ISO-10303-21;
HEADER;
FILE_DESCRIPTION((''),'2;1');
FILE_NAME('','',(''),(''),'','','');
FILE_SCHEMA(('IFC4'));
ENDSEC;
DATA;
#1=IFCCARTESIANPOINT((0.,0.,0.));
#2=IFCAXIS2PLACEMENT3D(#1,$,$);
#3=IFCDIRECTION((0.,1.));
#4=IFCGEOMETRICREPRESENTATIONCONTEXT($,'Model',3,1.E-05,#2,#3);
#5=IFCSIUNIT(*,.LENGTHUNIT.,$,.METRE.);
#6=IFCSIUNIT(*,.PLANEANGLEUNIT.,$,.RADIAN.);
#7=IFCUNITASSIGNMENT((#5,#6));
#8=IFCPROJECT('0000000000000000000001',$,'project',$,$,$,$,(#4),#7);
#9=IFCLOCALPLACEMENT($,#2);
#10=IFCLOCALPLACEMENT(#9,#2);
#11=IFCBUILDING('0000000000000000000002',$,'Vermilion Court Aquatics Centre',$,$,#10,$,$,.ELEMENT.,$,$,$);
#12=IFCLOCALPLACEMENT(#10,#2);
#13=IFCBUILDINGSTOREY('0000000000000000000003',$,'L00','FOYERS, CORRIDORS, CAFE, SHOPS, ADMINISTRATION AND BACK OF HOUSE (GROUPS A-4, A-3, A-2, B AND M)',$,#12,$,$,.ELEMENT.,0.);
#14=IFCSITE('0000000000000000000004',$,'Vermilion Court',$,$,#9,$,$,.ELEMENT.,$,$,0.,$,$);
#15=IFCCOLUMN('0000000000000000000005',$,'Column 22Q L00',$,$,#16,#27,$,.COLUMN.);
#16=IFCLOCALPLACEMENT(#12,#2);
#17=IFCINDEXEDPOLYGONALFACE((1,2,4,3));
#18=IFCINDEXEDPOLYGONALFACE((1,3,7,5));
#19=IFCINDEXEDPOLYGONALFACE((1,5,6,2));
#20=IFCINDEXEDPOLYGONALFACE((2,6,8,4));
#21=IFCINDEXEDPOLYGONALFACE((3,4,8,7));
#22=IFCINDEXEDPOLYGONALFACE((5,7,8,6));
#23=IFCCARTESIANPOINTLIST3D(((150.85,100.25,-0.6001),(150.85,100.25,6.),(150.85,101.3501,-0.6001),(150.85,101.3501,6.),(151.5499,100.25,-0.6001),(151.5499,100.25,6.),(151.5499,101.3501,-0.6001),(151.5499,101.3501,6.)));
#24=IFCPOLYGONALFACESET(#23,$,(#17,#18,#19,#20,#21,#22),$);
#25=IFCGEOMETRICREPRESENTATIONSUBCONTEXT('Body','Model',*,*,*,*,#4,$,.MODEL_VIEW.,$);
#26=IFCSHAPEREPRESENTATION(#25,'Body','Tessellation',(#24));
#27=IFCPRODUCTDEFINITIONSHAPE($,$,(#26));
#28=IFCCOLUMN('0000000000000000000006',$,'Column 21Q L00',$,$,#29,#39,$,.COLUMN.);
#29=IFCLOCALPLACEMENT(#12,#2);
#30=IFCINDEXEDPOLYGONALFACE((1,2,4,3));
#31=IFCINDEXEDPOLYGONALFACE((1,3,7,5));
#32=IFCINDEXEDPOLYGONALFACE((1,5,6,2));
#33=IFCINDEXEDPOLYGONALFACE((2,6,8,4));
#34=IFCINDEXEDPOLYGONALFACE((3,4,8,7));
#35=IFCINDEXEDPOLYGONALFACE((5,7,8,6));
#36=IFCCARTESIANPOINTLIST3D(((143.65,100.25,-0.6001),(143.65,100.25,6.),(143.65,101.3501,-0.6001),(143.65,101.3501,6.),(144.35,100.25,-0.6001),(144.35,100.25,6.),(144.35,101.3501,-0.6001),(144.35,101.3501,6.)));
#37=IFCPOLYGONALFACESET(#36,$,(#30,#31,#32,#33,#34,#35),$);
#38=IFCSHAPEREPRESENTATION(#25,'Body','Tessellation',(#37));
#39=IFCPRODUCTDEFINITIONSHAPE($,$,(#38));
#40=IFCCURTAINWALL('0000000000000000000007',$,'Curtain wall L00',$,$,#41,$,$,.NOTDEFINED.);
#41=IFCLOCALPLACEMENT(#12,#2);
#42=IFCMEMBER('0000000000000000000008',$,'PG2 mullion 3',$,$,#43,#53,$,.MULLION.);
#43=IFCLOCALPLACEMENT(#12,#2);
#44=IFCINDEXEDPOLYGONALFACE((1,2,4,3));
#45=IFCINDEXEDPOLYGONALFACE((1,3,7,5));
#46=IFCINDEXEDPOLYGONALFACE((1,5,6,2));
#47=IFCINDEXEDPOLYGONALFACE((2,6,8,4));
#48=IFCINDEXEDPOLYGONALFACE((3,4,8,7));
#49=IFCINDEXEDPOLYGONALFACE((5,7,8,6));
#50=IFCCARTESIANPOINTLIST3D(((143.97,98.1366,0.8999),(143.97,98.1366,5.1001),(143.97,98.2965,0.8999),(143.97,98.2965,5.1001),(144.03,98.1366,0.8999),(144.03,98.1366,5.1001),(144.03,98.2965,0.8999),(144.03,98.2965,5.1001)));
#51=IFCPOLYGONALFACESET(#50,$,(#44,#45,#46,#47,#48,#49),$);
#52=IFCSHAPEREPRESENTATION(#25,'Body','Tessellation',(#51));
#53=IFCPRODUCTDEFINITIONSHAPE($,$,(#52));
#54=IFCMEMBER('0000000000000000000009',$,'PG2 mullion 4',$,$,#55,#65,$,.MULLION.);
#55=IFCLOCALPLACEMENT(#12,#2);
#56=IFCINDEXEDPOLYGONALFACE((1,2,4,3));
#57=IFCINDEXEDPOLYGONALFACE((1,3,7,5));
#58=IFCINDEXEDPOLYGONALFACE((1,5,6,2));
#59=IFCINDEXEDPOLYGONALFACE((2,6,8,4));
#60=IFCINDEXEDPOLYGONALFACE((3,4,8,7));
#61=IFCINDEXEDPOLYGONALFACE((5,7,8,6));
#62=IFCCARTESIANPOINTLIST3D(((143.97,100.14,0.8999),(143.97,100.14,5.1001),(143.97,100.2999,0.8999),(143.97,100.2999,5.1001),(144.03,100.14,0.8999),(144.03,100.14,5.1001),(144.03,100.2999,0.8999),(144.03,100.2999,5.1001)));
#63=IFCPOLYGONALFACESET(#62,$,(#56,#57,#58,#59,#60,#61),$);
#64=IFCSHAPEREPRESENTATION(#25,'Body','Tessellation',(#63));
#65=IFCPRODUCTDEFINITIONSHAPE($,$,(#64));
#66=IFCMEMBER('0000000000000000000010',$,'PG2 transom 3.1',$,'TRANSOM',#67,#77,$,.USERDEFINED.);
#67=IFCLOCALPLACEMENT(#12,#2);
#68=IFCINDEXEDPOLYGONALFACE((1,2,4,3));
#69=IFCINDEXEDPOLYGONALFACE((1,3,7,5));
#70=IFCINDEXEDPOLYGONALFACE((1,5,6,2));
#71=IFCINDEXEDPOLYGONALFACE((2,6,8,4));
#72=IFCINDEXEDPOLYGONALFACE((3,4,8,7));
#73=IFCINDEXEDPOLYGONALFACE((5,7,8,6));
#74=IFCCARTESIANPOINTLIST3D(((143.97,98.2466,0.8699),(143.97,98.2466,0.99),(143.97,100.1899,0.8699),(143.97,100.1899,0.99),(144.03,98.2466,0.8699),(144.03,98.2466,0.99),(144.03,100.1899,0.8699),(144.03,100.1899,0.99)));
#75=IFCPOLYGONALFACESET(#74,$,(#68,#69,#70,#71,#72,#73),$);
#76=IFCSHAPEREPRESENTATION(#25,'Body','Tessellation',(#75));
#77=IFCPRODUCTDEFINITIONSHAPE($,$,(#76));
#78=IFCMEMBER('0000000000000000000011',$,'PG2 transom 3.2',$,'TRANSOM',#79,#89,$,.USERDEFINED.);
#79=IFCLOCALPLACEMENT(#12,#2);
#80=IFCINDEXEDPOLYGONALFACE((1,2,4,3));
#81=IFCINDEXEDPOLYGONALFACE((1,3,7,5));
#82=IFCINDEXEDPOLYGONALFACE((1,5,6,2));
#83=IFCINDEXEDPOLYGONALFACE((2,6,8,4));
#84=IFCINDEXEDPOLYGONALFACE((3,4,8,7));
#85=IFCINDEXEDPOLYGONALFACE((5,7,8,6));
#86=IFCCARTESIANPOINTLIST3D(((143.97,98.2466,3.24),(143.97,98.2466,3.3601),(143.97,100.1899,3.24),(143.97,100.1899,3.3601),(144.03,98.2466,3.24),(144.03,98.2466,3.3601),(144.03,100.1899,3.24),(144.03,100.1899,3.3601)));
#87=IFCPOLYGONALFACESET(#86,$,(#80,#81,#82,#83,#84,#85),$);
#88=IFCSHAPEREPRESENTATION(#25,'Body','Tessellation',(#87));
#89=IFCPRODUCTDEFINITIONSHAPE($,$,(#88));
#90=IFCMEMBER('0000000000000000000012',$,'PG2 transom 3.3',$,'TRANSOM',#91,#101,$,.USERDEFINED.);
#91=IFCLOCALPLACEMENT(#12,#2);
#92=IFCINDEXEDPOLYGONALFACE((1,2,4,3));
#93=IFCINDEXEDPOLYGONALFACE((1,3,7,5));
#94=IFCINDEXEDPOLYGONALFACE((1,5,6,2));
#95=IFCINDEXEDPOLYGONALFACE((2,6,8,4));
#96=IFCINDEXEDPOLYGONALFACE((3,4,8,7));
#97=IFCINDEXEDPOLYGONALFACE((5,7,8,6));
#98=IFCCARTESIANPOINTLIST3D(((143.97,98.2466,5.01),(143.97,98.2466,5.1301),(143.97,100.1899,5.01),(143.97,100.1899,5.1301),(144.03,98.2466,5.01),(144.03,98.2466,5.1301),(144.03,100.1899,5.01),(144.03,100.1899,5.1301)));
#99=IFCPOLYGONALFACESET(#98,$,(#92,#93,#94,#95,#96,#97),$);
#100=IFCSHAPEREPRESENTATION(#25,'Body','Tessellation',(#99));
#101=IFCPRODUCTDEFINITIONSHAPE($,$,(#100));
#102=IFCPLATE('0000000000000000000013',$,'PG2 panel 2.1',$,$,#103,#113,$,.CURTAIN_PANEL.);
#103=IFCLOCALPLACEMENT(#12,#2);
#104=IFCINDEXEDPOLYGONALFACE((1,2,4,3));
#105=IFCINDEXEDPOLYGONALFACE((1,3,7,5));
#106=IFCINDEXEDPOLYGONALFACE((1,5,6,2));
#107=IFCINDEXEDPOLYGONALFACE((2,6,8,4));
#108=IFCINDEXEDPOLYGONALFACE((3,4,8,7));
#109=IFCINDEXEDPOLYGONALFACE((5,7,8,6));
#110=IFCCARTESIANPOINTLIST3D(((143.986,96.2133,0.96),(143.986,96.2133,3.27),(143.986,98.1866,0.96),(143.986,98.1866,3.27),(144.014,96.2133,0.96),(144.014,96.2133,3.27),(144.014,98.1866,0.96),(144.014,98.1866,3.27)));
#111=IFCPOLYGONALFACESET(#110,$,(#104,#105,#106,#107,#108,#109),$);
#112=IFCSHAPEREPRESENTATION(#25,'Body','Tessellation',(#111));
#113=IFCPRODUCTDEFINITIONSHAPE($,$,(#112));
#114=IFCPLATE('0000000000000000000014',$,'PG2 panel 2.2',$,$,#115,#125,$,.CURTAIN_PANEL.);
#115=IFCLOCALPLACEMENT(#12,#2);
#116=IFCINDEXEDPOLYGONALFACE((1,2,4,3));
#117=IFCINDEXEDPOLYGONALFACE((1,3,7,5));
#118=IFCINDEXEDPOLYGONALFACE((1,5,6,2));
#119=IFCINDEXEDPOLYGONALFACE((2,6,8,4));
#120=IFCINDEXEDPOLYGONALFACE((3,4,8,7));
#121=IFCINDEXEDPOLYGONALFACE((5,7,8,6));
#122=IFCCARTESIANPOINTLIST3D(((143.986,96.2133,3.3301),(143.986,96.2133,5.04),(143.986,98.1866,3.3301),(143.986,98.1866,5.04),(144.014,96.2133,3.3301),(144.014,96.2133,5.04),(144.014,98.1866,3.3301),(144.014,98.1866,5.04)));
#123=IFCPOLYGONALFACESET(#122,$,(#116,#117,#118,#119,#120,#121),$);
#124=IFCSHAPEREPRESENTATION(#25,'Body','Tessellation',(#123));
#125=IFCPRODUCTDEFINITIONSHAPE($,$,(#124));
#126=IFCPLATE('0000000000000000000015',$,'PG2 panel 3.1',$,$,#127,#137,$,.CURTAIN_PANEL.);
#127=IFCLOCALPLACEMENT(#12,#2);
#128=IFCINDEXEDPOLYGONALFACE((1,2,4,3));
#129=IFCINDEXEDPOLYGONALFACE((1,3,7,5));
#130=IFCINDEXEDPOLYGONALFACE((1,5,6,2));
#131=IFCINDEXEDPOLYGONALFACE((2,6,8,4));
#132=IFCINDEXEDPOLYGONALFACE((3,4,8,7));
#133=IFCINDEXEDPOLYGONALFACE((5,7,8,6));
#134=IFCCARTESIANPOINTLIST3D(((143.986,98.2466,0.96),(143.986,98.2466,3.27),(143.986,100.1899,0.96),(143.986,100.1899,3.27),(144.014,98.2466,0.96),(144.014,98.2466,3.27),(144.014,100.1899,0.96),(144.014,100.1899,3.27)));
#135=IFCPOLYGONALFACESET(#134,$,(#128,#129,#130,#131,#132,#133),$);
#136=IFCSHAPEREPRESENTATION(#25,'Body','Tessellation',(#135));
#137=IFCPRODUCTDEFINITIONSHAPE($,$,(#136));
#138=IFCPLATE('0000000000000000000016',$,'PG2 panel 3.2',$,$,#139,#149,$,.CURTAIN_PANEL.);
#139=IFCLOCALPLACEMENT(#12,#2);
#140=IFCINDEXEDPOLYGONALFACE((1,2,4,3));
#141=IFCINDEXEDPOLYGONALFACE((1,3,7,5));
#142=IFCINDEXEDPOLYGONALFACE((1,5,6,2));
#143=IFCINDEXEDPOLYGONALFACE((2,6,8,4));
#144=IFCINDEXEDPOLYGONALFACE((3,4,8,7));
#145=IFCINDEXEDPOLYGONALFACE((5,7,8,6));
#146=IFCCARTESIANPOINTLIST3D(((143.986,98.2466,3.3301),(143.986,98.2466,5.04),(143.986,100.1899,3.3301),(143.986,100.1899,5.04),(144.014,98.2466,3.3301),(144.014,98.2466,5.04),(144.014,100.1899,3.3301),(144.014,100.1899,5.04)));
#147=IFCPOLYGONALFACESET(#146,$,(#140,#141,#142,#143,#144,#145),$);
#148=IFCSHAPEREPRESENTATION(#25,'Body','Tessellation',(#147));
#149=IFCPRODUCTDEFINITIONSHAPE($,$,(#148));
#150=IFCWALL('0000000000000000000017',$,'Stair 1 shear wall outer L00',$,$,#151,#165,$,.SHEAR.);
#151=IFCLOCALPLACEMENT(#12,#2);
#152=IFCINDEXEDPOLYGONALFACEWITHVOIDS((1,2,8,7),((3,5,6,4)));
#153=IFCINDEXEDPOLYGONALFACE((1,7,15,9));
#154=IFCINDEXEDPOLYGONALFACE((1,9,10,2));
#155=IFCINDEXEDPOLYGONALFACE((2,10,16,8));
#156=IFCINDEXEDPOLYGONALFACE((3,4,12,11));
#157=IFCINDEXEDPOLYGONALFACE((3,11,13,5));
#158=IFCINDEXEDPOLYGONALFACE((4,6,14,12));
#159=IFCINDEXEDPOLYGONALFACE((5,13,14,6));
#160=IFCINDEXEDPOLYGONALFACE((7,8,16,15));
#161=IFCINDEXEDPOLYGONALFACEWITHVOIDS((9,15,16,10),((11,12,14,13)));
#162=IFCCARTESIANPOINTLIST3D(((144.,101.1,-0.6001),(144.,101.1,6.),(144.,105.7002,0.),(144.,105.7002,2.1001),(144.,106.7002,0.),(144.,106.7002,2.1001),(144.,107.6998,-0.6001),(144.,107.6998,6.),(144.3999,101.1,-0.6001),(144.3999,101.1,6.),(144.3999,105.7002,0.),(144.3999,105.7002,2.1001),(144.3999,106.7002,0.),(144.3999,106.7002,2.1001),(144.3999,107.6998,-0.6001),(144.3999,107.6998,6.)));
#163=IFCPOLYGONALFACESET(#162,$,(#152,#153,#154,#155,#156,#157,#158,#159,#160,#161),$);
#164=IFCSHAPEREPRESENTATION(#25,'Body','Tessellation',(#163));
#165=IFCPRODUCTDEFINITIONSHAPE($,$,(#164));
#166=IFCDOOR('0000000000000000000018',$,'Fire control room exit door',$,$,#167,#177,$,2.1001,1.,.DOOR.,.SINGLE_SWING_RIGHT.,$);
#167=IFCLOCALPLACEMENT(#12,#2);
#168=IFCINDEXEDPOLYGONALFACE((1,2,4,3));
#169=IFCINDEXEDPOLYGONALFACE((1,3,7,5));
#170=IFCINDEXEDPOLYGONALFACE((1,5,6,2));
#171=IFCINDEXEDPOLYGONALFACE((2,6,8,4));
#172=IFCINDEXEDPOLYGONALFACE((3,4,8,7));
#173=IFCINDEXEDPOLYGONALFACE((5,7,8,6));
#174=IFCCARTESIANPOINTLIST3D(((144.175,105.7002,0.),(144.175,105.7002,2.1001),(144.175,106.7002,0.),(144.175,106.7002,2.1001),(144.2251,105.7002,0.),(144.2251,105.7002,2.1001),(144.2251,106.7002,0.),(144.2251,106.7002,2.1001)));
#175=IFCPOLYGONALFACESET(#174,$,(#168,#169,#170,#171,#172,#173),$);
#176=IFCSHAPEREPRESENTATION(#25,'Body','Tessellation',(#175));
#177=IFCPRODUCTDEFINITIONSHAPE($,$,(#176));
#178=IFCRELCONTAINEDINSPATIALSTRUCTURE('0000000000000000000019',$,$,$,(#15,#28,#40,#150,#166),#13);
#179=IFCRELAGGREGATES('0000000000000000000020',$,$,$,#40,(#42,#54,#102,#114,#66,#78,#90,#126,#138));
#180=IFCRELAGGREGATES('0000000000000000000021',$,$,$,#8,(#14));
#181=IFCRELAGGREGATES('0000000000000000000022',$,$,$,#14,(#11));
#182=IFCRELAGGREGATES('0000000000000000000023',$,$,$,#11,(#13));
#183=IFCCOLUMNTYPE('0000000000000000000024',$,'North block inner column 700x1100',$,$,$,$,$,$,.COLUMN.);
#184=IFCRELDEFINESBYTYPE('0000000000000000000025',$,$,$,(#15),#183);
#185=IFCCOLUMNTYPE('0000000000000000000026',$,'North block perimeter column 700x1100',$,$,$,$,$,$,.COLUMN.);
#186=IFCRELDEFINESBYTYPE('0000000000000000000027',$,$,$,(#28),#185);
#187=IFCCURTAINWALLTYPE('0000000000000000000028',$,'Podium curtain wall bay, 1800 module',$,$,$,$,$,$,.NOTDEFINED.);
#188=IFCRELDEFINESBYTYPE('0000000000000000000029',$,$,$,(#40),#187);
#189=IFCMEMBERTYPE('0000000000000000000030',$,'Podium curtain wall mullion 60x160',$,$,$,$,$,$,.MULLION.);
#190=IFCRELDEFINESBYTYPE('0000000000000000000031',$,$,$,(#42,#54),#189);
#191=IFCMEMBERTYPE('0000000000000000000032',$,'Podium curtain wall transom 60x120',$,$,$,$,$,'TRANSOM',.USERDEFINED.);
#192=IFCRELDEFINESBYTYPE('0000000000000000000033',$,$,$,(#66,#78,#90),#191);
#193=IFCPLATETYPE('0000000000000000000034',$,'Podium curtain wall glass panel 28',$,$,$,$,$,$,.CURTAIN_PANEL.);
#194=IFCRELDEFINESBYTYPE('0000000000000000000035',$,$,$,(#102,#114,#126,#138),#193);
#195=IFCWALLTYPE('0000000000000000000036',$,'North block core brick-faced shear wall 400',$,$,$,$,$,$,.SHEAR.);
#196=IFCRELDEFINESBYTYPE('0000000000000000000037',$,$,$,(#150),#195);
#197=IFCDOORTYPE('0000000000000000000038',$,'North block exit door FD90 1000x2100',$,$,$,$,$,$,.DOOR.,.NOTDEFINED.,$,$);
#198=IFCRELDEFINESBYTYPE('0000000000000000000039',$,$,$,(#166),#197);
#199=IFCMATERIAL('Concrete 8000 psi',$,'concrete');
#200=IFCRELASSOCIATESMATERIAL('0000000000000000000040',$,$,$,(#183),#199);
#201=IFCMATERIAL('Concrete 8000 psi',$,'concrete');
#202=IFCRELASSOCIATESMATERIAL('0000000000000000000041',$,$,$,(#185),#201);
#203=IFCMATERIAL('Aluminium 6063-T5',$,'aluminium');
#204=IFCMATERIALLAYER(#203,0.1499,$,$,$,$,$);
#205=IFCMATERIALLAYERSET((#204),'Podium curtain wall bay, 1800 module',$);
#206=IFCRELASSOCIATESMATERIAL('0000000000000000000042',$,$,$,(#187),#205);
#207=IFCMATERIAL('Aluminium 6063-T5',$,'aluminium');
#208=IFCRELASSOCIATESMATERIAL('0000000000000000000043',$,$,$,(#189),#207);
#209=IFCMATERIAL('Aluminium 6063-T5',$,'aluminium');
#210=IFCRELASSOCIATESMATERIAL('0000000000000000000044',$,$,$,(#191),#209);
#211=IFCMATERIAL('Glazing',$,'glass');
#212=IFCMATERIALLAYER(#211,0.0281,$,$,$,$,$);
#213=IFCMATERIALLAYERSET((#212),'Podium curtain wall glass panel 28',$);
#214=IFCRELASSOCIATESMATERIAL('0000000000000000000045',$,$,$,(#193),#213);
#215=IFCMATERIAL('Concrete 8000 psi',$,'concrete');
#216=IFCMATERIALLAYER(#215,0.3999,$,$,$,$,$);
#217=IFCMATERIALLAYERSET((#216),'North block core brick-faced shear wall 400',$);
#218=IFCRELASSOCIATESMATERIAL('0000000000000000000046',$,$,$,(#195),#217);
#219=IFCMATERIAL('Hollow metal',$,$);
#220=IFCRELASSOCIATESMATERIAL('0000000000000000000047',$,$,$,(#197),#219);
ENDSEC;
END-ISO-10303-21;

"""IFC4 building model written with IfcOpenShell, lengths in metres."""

from ifc_helpers import new_model, si_unit, direction, frame, frame_2d, origin, origin_2d, place, context, subcontext, project, spatial, rectangle, extrude, material, layer, layer_set, material_profile, profile_set, type_object, element, fill, aggregate, save


model = new_model("IFC4")

# Units and contexts
model_context = context("Model", 3, precision=1e-05, world=origin(), true_north=direction((0.0, 1.0)))
body_context = subcontext(model_context, "Body", "Model", "MODEL_VIEW")
ifc_project = project(units=[si_unit("LENGTHUNIT", "METRE"), si_unit("PLANEANGLEUNIT", "RADIAN")], contexts=[model_context])

# Site, building, storey
site_placement = place(None, origin())
site = spatial("IfcSite", under=ifc_project, at=site_placement, Name="Vermilion Court", CompositionType="ELEMENT", RefElevation=0.0)
building_placement = place(site_placement, origin())
building = spatial("IfcBuilding", under=site, at=building_placement, Name="Vermilion Court Aquatics Centre", CompositionType="ELEMENT")
storey_placement = place(building_placement, origin())
storey = spatial("IfcBuildingStorey", under=building, at=storey_placement, Name="L00", Description="FOYERS, CORRIDORS, CAFE, SHOPS, ADMINISTRATION AND BACK OF HOUSE (GROUPS A-4, A-3, A-2, B AND M)", CompositionType="ELEMENT", Elevation=0.0)

# Columns
ifc_material_1 = material(Name="Concrete 8000 psi", Category="concrete")
ifc_material_profile_1 = material_profile(ifc_material_1, rectangle(XDim=0.7, YDim=1.1001, at=origin_2d()), Name="RC 700x1100")
ifc_profile_set_1 = profile_set([ifc_material_profile_1], Name="Concrete 8000 psi")
column_type_1 = type_object("IfcColumnType", Name="North block inner column 700x1100", PredefinedType="COLUMN", material=ifc_profile_set_1)
column_1_placement = place(storey_placement, frame((151.2, 100.8, -0.6001), z_axis=(0.0, 0.0, 1.0), x_axis=(1.0, 0.0, 0.0)))
element("IfcColumn", 1, at=column_1_placement, inside=storey, type_object=column_type_1, Name="Column 22Q L00", PredefinedType="COLUMN", context=body_context, shape_type="SweptSolid", body=[
    extrude(rectangle(XDim=0.7, YDim=1.1001, at=origin_2d()), origin(), (0.0, 0.0, 1.0), 6.6001),
])
ifc_material_2 = material(Name="Concrete 8000 psi", Category="concrete")
ifc_material_profile_2 = material_profile(ifc_material_2, rectangle(XDim=0.7, YDim=1.1001, at=origin_2d()), Name="RC 700x1100")
ifc_profile_set_2 = profile_set([ifc_material_profile_2], Name="Concrete 8000 psi")
column_type_2 = type_object("IfcColumnType", Name="North block perimeter column 700x1100", PredefinedType="COLUMN", material=ifc_profile_set_2)
column_2_placement = place(storey_placement, frame((144.0, 100.8, -0.6001), z_axis=(0.0, 0.0, 1.0), x_axis=(1.0, 0.0, 0.0)))
element("IfcColumn", 2, at=column_2_placement, inside=storey, type_object=column_type_2, Name="Column 21Q L00", PredefinedType="COLUMN", context=body_context, shape_type="SweptSolid", body=[
    extrude(rectangle(XDim=0.7, YDim=1.1001, at=origin_2d()), origin(), (0.0, 0.0, 1.0), 6.6001),
])

# Curtain wall, members, plates
ifc_material_3 = material(Name="Aluminium 6063-T5", Category="aluminium")
ifc_layer_1 = layer(ifc_material_3, 0.1499)
ifc_layer_set_1 = layer_set([ifc_layer_1], Name="Podium curtain wall bay, 1800 module")
curtain_wall_type = type_object("IfcCurtainWallType", Name="Podium curtain wall bay, 1800 module", PredefinedType="NOTDEFINED", material=ifc_layer_set_1)
curtain_wall_placement = place(storey_placement, origin())
curtain_wall = element("IfcCurtainWall", 3, at=curtain_wall_placement, inside=storey, type_object=curtain_wall_type, Name="Curtain wall L00", PredefinedType="NOTDEFINED")
ifc_material_4 = material(Name="Aluminium 6063-T5", Category="aluminium")
ifc_material_profile_3 = material_profile(ifc_material_4, rectangle(XDim=0.0601, YDim=0.1599, at=origin_2d()), Name="Mullion 60x160")
ifc_profile_set_3 = profile_set([ifc_material_profile_3], Name="Aluminium 6063-T5")
member_type_1 = type_object("IfcMemberType", Name="Podium curtain wall mullion 60x160", PredefinedType="MULLION", material=ifc_profile_set_3)
member_1_placement = place(storey_placement, frame((144.0, 98.2166, 0.8999), z_axis=(0.0, 0.0, 1.0), x_axis=(-1.0, 0.0, 0.0)))
member_1 = element("IfcMember", 4, at=member_1_placement, type_object=member_type_1, Name="PG2 mullion 3", PredefinedType="MULLION", context=body_context, shape_type="SweptSolid", body=[
    extrude(rectangle(XDim=0.0601, YDim=0.1599, at=origin_2d()), origin(), (0.0, 0.0, 1.0), 4.2002),
])
member_2_placement = place(storey_placement, frame((144.0, 100.22, 0.8999), z_axis=(0.0, 0.0, 1.0), x_axis=(-1.0, 0.0, 0.0)))
member_2 = element("IfcMember", 5, at=member_2_placement, type_object=member_type_1, Name="PG2 mullion 4", PredefinedType="MULLION", context=body_context, shape_type="SweptSolid", body=[
    extrude(rectangle(XDim=0.0601, YDim=0.1599, at=origin_2d()), origin(), (0.0, 0.0, 1.0), 4.2002),
])
ifc_material_5 = material(Name="Aluminium 6063-T5", Category="aluminium")
ifc_material_profile_4 = material_profile(ifc_material_5, rectangle(XDim=0.0601, YDim=0.1201, at=origin_2d()), Name="Transom 60x120")
ifc_profile_set_4 = profile_set([ifc_material_profile_4], Name="Aluminium 6063-T5")
member_type_2 = type_object("IfcMemberType", Name="Podium curtain wall transom 60x120", ElementType="TRANSOM", PredefinedType="USERDEFINED", material=ifc_profile_set_4)
member_3_placement = place(storey_placement, frame((144.0, 98.2466, 0.9299), z_axis=(0.0, 1.0, 0.0), x_axis=(-1.0, 0.0, 0.0)))
member_3 = element("IfcMember", 6, at=member_3_placement, type_object=member_type_2, Name="PG2 transom 3.1", ObjectType="TRANSOM", PredefinedType="USERDEFINED", context=body_context, shape_type="SweptSolid", body=[
    extrude(rectangle(XDim=0.0601, YDim=0.1201, at=origin_2d()), origin(), (0.0, 0.0, 1.0), 1.9434),
])
member_4_placement = place(storey_placement, frame((144.0, 98.2466, 3.3), z_axis=(0.0, 1.0, 0.0), x_axis=(-1.0, 0.0, 0.0)))
member_4 = element("IfcMember", 7, at=member_4_placement, type_object=member_type_2, Name="PG2 transom 3.2", ObjectType="TRANSOM", PredefinedType="USERDEFINED", context=body_context, shape_type="SweptSolid", body=[
    extrude(rectangle(XDim=0.0601, YDim=0.1201, at=origin_2d()), origin(), (0.0, 0.0, 1.0), 1.9434),
])
member_5_placement = place(storey_placement, frame((144.0, 98.2466, 5.0701), z_axis=(0.0, 1.0, 0.0), x_axis=(-1.0, 0.0, 0.0)))
member_5 = element("IfcMember", 8, at=member_5_placement, type_object=member_type_2, Name="PG2 transom 3.3", ObjectType="TRANSOM", PredefinedType="USERDEFINED", context=body_context, shape_type="SweptSolid", body=[
    extrude(rectangle(XDim=0.0601, YDim=0.1201, at=origin_2d()), origin(), (0.0, 0.0, 1.0), 1.9434),
])
ifc_material_6 = material(Name="Glazing", Category="glass")
ifc_layer_2 = layer(ifc_material_6, 0.0281)
ifc_layer_set_2 = layer_set([ifc_layer_2], Name="Podium curtain wall glass panel 28")
plate_type = type_object("IfcPlateType", Name="Podium curtain wall glass panel 28", PredefinedType="CURTAIN_PANEL", material=ifc_layer_set_2)
plate_1_placement = place(storey_placement, frame((144.0, 97.2, 0.96), z_axis=(0.0, 0.0, 1.0), x_axis=(0.0, 1.0, 0.0)))
plate_1 = element("IfcPlate", 9, at=plate_1_placement, type_object=plate_type, Name="PG2 panel 2.1", PredefinedType="CURTAIN_PANEL", context=body_context, shape_type="SweptSolid", body=[
    extrude(rectangle(XDim=1.9734, YDim=0.0281, at=origin_2d()), origin(), (0.0, 0.0, 1.0), 2.3101),
])
plate_2_placement = place(storey_placement, frame((144.0, 97.2, 3.3301), z_axis=(0.0, 0.0, 1.0), x_axis=(0.0, 1.0, 0.0)))
plate_2 = element("IfcPlate", 10, at=plate_2_placement, type_object=plate_type, Name="PG2 panel 2.2", PredefinedType="CURTAIN_PANEL", context=body_context, shape_type="SweptSolid", body=[
    extrude(rectangle(XDim=1.9734, YDim=0.0281, at=origin_2d()), origin(), (0.0, 0.0, 1.0), 1.71),
])
plate_3_placement = place(storey_placement, frame((144.0, 99.2183, 0.96), z_axis=(0.0, 0.0, 1.0), x_axis=(0.0, 1.0, 0.0)))
plate_3 = element("IfcPlate", 11, at=plate_3_placement, type_object=plate_type, Name="PG2 panel 3.1", PredefinedType="CURTAIN_PANEL", context=body_context, shape_type="SweptSolid", body=[
    extrude(rectangle(XDim=1.9434, YDim=0.0281, at=origin_2d()), origin(), (0.0, 0.0, 1.0), 2.3101),
])
plate_4_placement = place(storey_placement, frame((144.0, 99.2183, 3.3301), z_axis=(0.0, 0.0, 1.0), x_axis=(0.0, 1.0, 0.0)))
plate_4 = element("IfcPlate", 12, at=plate_4_placement, type_object=plate_type, Name="PG2 panel 3.2", PredefinedType="CURTAIN_PANEL", context=body_context, shape_type="SweptSolid", body=[
    extrude(rectangle(XDim=1.9434, YDim=0.0281, at=origin_2d()), origin(), (0.0, 0.0, 1.0), 1.71),
])
aggregate(curtain_wall, [member_1, member_2, plate_1, plate_2, member_3, member_4, member_5, plate_3, plate_4])

# Wall, opening, door
ifc_material_7 = material(Name="Concrete 8000 psi", Category="concrete")
ifc_layer_3 = layer(ifc_material_7, 0.3999)
ifc_layer_set_3 = layer_set([ifc_layer_3], Name="North block core brick-faced shear wall 400")
wall_type_1 = type_object("IfcWallType", Name="North block core brick-faced shear wall 400", PredefinedType="SHEAR", material=ifc_layer_set_3)
wall_1_placement = place(storey_placement, frame((144.2, 101.1001, -0.6001), z_axis=(0.0, 0.0, 1.0), x_axis=(0.0, 1.0, 0.0)))
wall_1 = element("IfcWall", 13, at=wall_1_placement, inside=storey, type_object=wall_type_1, Name="Stair 1 shear wall outer L00", PredefinedType="SHEAR", context=body_context, shape_type="SweptSolid", body=[
    extrude(rectangle(XDim=6.5999, YDim=0.3999, at=frame_2d((3.2998, 0.0))), origin(), (0.0, 0.0, 1.0), 6.6001),
])
opening_1_placement = place(wall_1_placement, frame((4.6001, 0.0, 0.6001)))
opening_1 = element("IfcOpeningElement", 14, at=opening_1_placement, cuts=wall_1, PredefinedType="OPENING", context=body_context, shape_type="SweptSolid", body=[
    extrude(rectangle(XDim=1.0, YDim=2.1001, at=frame_2d((0.5, 1.05))), frame((0.0, 0.21, 0.0), z_axis=(0.0, -1.0, 0.0), x_axis=(1.0, 0.0, 0.0)), (0.0, 0.0, 1.0), 0.4199),
])
ifc_material_8 = material(Name="Hollow metal")
door_type_1 = type_object("IfcDoorType", Name="North block exit door FD90 1000x2100", OperationType="NOTDEFINED", PredefinedType="DOOR", material=ifc_material_8)
door_1_placement = place(opening_1_placement, origin())
door_1 = element("IfcDoor", 15, at=door_1_placement, inside=storey, type_object=door_type_1, Name="Fire control room exit door", OperationType="SINGLE_SWING_RIGHT", OverallHeight=2.1001, OverallWidth=1.0, PredefinedType="DOOR", context=body_context, shape_type="SweptSolid", body=[
    extrude(rectangle(XDim=1.0, YDim=2.1001, at=frame_2d((0.5, 1.05))), frame((0.0, 0.0249, 0.0), z_axis=(0.0, -1.0, 0.0), x_axis=(1.0, 0.0, 0.0)), (0.0, 0.0, 1.0), 0.05),
])
fill(opening_1, door_1)

save(model, "model.ifc")
